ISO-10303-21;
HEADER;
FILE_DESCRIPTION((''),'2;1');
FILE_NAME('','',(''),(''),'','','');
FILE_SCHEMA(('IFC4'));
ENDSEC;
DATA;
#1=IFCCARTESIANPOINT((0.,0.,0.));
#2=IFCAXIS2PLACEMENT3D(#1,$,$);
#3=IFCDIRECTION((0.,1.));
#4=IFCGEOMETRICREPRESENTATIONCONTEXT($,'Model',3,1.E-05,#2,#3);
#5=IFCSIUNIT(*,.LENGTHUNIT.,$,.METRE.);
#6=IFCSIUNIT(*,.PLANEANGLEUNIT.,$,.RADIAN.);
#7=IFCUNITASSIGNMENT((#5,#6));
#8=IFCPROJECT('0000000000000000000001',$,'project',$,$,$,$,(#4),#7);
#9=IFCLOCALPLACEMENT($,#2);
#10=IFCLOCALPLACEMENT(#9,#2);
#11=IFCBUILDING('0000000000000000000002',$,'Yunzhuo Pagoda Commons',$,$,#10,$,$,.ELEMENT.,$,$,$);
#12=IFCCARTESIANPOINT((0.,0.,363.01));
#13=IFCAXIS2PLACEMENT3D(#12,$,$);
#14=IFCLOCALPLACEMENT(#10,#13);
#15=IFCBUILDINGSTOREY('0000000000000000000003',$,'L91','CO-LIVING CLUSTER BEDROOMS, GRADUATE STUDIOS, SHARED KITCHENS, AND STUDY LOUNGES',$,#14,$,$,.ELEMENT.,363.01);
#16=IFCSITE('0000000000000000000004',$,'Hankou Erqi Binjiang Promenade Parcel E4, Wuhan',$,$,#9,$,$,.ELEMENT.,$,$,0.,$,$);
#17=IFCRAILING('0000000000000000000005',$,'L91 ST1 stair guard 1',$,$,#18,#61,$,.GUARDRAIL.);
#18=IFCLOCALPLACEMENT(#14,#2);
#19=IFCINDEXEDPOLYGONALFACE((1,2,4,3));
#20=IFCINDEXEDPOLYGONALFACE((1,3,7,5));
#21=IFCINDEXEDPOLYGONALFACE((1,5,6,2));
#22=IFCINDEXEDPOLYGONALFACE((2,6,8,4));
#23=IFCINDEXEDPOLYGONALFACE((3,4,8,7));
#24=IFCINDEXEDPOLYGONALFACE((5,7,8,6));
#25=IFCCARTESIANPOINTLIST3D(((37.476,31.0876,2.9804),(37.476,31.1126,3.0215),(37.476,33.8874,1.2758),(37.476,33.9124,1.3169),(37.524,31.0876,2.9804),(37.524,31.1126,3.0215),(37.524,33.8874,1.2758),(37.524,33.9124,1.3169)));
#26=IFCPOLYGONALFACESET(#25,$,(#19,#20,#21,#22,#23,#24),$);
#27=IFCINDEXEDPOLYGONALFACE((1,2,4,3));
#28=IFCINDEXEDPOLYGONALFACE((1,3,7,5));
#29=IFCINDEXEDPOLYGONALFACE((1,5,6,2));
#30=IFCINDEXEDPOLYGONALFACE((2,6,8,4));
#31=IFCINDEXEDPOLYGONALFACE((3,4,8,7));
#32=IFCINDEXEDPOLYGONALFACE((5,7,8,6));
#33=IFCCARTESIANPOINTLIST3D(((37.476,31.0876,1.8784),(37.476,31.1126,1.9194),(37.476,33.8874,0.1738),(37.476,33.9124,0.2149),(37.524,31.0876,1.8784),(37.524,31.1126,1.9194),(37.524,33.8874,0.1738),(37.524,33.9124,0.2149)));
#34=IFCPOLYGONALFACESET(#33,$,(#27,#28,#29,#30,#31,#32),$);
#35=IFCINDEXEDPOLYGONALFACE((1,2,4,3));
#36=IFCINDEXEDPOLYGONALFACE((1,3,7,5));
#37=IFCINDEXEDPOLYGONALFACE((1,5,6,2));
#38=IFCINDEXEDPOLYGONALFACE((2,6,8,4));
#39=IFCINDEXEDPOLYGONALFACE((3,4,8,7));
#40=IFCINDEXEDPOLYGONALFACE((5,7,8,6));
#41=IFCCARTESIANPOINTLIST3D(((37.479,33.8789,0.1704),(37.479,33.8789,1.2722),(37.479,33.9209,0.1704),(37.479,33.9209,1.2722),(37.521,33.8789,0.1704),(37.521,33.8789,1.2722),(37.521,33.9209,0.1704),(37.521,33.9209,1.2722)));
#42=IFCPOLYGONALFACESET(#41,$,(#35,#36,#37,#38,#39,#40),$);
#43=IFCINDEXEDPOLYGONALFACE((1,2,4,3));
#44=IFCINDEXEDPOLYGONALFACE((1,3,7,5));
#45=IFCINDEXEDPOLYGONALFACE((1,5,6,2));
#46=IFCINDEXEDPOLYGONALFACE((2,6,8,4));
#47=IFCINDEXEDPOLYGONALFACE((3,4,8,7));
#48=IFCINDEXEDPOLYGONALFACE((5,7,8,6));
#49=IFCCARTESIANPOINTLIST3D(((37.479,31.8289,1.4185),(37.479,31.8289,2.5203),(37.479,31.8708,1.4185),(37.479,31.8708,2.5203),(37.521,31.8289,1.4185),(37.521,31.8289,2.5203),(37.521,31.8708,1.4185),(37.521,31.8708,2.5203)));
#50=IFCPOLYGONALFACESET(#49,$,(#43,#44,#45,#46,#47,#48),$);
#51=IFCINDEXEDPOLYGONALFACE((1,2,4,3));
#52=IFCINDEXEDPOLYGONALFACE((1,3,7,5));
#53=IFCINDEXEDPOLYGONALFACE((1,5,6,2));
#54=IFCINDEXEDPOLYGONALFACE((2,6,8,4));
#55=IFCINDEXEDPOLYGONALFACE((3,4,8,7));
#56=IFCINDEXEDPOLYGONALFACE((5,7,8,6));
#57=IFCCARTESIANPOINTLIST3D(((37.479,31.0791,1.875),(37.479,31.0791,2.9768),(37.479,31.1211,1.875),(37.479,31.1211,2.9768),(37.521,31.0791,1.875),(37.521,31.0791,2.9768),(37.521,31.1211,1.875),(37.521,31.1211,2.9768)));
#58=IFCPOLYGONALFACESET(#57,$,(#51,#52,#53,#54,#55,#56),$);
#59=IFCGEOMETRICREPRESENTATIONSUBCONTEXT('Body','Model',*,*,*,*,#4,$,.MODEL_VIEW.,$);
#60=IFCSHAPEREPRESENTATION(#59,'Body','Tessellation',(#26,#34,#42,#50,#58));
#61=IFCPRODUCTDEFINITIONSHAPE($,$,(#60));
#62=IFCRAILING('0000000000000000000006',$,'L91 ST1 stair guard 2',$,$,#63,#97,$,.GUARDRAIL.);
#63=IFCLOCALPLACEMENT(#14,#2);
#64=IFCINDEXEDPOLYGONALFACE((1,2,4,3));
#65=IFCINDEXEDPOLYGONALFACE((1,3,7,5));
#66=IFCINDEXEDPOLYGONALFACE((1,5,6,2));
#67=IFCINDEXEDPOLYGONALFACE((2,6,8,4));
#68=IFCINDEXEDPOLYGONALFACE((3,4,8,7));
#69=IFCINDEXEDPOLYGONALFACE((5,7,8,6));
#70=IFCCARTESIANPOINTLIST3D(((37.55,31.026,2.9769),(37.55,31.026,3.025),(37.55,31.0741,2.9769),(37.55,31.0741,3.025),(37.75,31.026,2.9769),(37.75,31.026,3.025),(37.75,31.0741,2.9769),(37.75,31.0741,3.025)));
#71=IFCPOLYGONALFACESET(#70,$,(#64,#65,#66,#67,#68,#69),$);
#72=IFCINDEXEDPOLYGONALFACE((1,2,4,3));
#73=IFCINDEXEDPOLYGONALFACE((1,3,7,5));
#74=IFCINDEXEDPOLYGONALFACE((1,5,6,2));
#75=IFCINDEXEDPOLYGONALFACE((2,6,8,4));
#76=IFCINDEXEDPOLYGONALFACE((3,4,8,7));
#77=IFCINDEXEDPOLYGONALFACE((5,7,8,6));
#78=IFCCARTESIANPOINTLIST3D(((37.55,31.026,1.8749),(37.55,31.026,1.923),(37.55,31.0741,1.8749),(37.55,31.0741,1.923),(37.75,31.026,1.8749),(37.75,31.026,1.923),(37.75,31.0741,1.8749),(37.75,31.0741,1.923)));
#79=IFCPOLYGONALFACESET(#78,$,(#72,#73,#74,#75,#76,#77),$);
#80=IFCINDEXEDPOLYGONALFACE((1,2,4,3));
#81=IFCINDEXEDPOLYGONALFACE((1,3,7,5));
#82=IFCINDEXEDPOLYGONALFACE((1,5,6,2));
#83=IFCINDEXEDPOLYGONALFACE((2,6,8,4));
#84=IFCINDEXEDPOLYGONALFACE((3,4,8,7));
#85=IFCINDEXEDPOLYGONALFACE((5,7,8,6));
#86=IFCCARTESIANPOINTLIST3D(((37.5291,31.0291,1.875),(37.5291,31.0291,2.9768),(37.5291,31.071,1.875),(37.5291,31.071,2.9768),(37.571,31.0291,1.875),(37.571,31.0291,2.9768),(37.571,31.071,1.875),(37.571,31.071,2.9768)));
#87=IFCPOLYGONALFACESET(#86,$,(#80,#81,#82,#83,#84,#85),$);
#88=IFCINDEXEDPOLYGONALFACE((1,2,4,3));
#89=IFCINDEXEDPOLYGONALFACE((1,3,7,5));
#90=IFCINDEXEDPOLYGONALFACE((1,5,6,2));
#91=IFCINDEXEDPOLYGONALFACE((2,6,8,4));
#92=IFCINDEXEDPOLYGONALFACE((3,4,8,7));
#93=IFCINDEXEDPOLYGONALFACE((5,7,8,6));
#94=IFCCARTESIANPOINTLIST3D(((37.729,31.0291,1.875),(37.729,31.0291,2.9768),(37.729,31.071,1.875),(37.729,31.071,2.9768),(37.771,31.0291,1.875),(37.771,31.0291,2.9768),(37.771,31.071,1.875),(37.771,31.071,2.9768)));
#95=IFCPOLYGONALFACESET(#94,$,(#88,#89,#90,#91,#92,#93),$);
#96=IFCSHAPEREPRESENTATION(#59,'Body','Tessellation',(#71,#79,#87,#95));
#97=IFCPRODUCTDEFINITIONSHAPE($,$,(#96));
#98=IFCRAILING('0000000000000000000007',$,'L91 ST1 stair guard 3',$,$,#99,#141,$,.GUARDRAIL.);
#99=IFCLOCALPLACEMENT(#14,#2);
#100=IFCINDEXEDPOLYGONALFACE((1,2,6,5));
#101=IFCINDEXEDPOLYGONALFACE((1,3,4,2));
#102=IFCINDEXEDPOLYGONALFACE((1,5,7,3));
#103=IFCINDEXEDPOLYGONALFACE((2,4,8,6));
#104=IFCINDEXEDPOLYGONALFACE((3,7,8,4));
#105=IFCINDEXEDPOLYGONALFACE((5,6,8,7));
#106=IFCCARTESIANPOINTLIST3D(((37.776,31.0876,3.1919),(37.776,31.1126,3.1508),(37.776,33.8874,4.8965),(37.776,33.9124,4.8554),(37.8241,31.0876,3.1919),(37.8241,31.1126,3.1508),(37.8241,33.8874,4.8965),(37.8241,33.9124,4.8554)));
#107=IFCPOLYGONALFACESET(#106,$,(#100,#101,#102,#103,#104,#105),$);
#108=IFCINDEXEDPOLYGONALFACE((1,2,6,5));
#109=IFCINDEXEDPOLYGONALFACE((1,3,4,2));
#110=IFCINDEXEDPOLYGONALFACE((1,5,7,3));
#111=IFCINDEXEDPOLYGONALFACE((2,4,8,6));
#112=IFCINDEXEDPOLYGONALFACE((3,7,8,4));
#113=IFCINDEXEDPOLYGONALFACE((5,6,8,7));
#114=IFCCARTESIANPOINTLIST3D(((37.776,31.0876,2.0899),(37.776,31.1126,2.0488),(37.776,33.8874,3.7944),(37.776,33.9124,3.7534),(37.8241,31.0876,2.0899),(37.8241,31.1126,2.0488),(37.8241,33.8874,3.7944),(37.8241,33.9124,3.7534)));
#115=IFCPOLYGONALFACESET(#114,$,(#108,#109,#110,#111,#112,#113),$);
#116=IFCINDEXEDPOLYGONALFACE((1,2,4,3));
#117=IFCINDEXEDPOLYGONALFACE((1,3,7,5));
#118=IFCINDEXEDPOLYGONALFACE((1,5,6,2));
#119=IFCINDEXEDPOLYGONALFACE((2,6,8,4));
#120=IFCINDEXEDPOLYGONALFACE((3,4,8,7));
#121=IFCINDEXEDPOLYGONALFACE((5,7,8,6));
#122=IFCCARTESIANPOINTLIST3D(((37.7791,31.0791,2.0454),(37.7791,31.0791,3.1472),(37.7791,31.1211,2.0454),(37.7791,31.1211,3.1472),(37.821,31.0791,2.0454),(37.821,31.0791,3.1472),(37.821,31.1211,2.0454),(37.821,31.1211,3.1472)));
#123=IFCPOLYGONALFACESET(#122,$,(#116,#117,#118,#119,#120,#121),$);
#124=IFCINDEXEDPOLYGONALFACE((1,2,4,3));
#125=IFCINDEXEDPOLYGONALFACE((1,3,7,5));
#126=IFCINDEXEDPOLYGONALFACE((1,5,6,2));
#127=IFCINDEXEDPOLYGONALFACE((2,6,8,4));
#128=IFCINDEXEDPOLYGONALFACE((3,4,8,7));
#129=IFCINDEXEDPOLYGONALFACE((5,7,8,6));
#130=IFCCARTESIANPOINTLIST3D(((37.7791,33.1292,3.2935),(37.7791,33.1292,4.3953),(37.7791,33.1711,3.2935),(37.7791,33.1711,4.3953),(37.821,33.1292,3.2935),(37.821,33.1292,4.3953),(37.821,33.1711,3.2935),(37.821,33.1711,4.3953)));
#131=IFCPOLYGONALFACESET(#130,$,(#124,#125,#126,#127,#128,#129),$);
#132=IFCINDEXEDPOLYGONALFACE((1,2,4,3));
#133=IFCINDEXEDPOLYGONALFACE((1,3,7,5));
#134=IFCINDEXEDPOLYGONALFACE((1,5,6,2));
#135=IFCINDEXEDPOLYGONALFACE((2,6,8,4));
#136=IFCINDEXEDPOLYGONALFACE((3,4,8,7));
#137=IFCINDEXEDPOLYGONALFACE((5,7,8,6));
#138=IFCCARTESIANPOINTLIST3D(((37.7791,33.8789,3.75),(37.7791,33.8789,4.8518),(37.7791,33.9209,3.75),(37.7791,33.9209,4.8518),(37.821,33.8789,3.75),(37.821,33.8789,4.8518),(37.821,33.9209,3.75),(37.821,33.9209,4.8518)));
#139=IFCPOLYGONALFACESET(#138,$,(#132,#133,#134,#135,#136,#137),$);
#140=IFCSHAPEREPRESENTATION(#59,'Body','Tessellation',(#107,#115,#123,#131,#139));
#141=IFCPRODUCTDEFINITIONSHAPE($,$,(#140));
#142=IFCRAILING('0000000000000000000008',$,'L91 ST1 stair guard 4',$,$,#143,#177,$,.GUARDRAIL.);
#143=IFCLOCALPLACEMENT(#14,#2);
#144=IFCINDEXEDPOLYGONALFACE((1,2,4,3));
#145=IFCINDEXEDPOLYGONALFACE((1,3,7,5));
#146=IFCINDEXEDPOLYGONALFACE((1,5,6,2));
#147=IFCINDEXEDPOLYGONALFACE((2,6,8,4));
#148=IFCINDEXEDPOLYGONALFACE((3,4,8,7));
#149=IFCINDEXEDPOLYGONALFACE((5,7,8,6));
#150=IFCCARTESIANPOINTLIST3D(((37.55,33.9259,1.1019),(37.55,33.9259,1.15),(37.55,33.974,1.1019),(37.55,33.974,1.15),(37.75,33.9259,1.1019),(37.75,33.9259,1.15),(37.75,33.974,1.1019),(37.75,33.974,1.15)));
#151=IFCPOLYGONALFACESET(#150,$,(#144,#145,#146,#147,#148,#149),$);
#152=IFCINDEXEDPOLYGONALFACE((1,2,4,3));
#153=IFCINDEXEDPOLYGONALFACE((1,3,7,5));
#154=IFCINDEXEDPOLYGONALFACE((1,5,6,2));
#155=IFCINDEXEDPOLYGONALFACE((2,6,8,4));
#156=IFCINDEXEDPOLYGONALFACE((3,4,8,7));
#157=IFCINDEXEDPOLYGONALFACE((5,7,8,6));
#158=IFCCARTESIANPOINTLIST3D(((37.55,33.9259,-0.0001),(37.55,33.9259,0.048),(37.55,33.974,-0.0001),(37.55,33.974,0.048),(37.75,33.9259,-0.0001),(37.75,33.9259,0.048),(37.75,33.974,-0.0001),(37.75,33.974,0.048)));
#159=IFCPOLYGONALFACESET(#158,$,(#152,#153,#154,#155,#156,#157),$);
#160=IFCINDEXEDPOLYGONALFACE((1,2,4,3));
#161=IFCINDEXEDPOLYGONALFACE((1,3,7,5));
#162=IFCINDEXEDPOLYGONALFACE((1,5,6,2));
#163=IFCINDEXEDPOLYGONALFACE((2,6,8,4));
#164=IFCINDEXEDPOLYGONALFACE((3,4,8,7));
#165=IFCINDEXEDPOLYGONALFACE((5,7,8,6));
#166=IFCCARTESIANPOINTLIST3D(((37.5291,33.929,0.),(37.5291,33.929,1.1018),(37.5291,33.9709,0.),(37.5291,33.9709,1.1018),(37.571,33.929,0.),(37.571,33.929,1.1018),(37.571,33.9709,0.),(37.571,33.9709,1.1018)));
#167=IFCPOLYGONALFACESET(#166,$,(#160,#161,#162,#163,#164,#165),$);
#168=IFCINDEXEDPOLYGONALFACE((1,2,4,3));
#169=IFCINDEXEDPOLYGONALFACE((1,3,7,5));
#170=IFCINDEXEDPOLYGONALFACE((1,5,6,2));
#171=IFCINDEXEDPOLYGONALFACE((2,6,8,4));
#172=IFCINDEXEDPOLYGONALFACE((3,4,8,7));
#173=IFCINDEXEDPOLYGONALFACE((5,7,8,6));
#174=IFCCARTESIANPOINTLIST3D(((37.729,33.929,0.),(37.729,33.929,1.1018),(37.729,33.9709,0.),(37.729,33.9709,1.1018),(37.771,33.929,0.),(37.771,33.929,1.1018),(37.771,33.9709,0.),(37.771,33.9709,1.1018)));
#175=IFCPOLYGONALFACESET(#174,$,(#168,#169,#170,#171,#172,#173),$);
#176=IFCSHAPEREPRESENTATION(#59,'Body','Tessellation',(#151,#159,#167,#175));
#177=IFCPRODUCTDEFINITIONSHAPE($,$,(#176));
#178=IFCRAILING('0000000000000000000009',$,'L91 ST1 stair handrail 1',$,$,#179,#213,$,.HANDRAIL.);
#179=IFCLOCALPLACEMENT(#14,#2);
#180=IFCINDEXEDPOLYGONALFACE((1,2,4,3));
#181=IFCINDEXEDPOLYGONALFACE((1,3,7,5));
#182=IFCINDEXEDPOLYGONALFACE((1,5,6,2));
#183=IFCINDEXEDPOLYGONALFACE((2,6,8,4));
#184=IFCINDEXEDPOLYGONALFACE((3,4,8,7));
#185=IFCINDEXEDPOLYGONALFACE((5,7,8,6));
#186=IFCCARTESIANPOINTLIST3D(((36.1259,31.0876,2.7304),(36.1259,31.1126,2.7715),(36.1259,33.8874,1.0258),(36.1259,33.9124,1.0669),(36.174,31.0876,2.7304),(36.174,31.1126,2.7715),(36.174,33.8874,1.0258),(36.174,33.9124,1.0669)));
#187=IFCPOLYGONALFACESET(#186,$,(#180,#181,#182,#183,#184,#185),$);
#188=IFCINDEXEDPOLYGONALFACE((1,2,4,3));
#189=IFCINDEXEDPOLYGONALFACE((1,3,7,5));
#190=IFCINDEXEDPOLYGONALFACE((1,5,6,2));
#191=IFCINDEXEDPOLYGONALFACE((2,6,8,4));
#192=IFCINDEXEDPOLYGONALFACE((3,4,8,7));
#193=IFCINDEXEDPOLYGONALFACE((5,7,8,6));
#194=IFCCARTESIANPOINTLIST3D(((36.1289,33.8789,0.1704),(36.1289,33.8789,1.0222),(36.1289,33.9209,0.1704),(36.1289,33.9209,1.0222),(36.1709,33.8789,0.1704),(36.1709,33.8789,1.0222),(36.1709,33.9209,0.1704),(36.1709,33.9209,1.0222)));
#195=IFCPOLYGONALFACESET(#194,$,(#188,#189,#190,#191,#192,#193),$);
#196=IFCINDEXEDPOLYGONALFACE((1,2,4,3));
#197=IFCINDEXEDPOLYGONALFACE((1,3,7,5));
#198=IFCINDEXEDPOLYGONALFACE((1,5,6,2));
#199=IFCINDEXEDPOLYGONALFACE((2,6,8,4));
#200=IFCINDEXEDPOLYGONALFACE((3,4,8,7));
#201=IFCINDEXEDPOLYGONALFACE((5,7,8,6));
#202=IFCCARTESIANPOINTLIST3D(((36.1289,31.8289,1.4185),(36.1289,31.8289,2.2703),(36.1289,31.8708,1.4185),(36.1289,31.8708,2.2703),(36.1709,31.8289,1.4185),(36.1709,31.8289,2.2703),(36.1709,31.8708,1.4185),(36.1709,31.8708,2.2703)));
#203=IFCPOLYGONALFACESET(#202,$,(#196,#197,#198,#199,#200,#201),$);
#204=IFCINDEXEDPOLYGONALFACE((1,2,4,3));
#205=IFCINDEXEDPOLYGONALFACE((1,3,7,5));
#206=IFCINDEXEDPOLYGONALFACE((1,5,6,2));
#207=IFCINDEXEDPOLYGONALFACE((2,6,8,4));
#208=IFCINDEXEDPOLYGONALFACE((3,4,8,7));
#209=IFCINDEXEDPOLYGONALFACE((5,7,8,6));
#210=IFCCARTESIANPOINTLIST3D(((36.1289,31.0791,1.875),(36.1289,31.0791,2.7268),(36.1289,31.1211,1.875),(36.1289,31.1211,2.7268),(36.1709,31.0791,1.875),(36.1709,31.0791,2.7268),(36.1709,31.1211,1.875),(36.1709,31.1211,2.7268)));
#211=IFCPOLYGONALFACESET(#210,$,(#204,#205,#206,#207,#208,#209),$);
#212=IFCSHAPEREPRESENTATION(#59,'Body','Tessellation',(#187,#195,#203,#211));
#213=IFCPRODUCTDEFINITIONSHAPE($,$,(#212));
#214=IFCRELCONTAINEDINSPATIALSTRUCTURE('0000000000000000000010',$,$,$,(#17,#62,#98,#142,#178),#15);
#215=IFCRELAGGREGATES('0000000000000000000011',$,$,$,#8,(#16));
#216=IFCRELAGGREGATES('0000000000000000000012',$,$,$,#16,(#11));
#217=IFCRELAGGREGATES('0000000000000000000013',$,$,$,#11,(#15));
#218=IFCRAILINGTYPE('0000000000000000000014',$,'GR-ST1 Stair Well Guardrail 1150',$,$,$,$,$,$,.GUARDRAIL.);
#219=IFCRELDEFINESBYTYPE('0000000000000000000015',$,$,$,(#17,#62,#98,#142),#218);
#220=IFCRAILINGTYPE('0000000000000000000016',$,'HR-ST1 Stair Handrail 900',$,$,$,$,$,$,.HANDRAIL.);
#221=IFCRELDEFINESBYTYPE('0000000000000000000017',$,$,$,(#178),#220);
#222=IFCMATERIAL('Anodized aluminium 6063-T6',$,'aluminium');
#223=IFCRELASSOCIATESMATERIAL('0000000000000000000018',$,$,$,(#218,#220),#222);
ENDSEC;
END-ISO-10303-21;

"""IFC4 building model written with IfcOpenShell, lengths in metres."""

from ifc_helpers import new_model, si_unit, direction, frame, origin, origin_2d, place, context, subcontext, project, spatial, rectangle, extrude, material, type_object, element, save


model = new_model("IFC4")

# Units and contexts
model_context = context("Model", 3, precision=1e-05, world=origin(), true_north=direction((0.0, 1.0)))
body_context = subcontext(model_context, "Body", "Model", "MODEL_VIEW")
ifc_project = project(units=[si_unit("LENGTHUNIT", "METRE"), si_unit("PLANEANGLEUNIT", "RADIAN")], contexts=[model_context])

# Site, building, storey
site_placement = place(None, origin())
site = spatial("IfcSite", under=ifc_project, at=site_placement, Name="Hankou Erqi Binjiang Promenade Parcel E4, Wuhan", CompositionType="ELEMENT", RefElevation=0.0)
building_placement = place(site_placement, origin())
building = spatial("IfcBuilding", under=site, at=building_placement, Name="Yunzhuo Pagoda Commons", CompositionType="ELEMENT")
storey_placement = place(building_placement, frame((0.0, 0.0, 363.01)))
storey = spatial("IfcBuildingStorey", under=building, at=storey_placement, Name="L91", Description="CO-LIVING CLUSTER BEDROOMS, GRADUATE STUDIOS, SHARED KITCHENS, AND STUDY LOUNGES", CompositionType="ELEMENT", Elevation=363.01)

# Railings
ifc_material_1 = material(Name="Anodized aluminium 6063-T6", Category="aluminium")
railing_type_1 = type_object("IfcRailingType", Name="GR-ST1 Stair Well Guardrail 1150", PredefinedType="GUARDRAIL", material=ifc_material_1)
railing_1_placement = place(storey_placement, frame((37.5, 33.8999, 0.1704)))
element("IfcRailing", 1, at=railing_1_placement, inside=storey, type_object=railing_type_1, Name="L91 ST1 stair guard 1", PredefinedType="GUARDRAIL", context=body_context, shape_type="SweptSolid", body=[
    extrude(rectangle(XDim=0.0481, YDim=0.0481, at=origin_2d()), frame((0.0, 0.0, 1.126), z_axis=(0.0, -0.85415, 0.520027), x_axis=(1.0, 0.0, 0.0)), (0.0, 0.0, 1.0), 3.2778),
    extrude(rectangle(XDim=0.0481, YDim=0.0481, at=origin_2d()), frame((0.0, 0.0, 0.0239), z_axis=(0.0, -0.85415, 0.520027), x_axis=(1.0, 0.0, 0.0)), (0.0, 0.0, 1.0), 3.2778),
    extrude(rectangle(XDim=0.042, YDim=0.042, at=origin_2d()), origin(), (0.0, 0.0, 1.0), 1.1018),
    extrude(rectangle(XDim=0.042, YDim=0.042, at=origin_2d()), frame((0.0, -2.05, 1.248)), (0.0, 0.0, 1.0), 1.1018),
    extrude(rectangle(XDim=0.042, YDim=0.042, at=origin_2d()), frame((0.0, -2.7998, 1.7046)), (0.0, 0.0, 1.0), 1.1018),
])
railing_2_placement = place(storey_placement, frame((37.55, 31.05, 1.875)))
element("IfcRailing", 2, at=railing_2_placement, inside=storey, type_object=railing_type_1, Name="L91 ST1 stair guard 2", PredefinedType="GUARDRAIL", context=body_context, shape_type="SweptSolid", body=[
    extrude(rectangle(XDim=0.0481, YDim=0.0481, at=origin_2d()), frame((0.0, 0.0, 1.126), z_axis=(1.0, 0.0, 0.0), x_axis=(0.0, 1.0, 0.0)), (0.0, 0.0, 1.0), 0.2),
    extrude(rectangle(XDim=0.0481, YDim=0.0481, at=origin_2d()), frame((0.0, 0.0, 0.0239), z_axis=(1.0, 0.0, 0.0), x_axis=(0.0, 1.0, 0.0)), (0.0, 0.0, 1.0), 0.2),
    extrude(rectangle(XDim=0.042, YDim=0.042, at=origin_2d()), origin(), (0.0, 0.0, 1.0), 1.1018),
    extrude(rectangle(XDim=0.042, YDim=0.042, at=origin_2d()), frame((0.2, 0.0, 0.0)), (0.0, 0.0, 1.0), 1.1018),
])
railing_3_placement = place(storey_placement, frame((37.8, 31.1001, 2.0454)))
element("IfcRailing", 3, at=railing_3_placement, inside=storey, type_object=railing_type_1, Name="L91 ST1 stair guard 3", PredefinedType="GUARDRAIL", context=body_context, shape_type="SweptSolid", body=[
    extrude(rectangle(XDim=0.0481, YDim=0.0481, at=origin_2d()), frame((0.0, 0.0, 1.126), z_axis=(0.0, 0.85415, 0.520027), x_axis=(-1.0, 0.0, 0.0)), (0.0, 0.0, 1.0), 3.2778),
    extrude(rectangle(XDim=0.0481, YDim=0.0481, at=origin_2d()), frame((0.0, 0.0, 0.0239), z_axis=(0.0, 0.85415, 0.520027), x_axis=(-1.0, 0.0, 0.0)), (0.0, 0.0, 1.0), 3.2778),
    extrude(rectangle(XDim=0.042, YDim=0.042, at=origin_2d()), origin(), (0.0, 0.0, 1.0), 1.1018),
    extrude(rectangle(XDim=0.042, YDim=0.042, at=origin_2d()), frame((0.0, 2.05, 1.248)), (0.0, 0.0, 1.0), 1.1018),
    extrude(rectangle(XDim=0.042, YDim=0.042, at=origin_2d()), frame((0.0, 2.7998, 1.7046)), (0.0, 0.0, 1.0), 1.1018),
])
railing_4_placement = place(storey_placement, frame((37.55, 33.95, 0.0)))
element("IfcRailing", 4, at=railing_4_placement, inside=storey, type_object=railing_type_1, Name="L91 ST1 stair guard 4", PredefinedType="GUARDRAIL", context=body_context, shape_type="SweptSolid", body=[
    extrude(rectangle(XDim=0.0481, YDim=0.0481, at=origin_2d()), frame((0.0, 0.0, 1.126), z_axis=(1.0, 0.0, 0.0), x_axis=(0.0, 1.0, 0.0)), (0.0, 0.0, 1.0), 0.2),
    extrude(rectangle(XDim=0.0481, YDim=0.0481, at=origin_2d()), frame((0.0, 0.0, 0.0239), z_axis=(1.0, 0.0, 0.0), x_axis=(0.0, 1.0, 0.0)), (0.0, 0.0, 1.0), 0.2),
    extrude(rectangle(XDim=0.042, YDim=0.042, at=origin_2d()), origin(), (0.0, 0.0, 1.0), 1.1018),
    extrude(rectangle(XDim=0.042, YDim=0.042, at=origin_2d()), frame((0.2, 0.0, 0.0)), (0.0, 0.0, 1.0), 1.1018),
])
railing_type_2 = type_object("IfcRailingType", Name="HR-ST1 Stair Handrail 900", PredefinedType="HANDRAIL", material=ifc_material_1)
railing_5_placement = place(storey_placement, frame((36.1499, 33.8999, 0.1704)))
element("IfcRailing", 5, at=railing_5_placement, inside=storey, type_object=railing_type_2, Name="L91 ST1 stair handrail 1", PredefinedType="HANDRAIL", context=body_context, shape_type="SweptSolid", body=[
    extrude(rectangle(XDim=0.0481, YDim=0.0481, at=origin_2d()), frame((0.0, 0.0, 0.876), z_axis=(0.0, -0.85415, 0.520027), x_axis=(1.0, 0.0, 0.0)), (0.0, 0.0, 1.0), 3.2778),
    extrude(rectangle(XDim=0.042, YDim=0.042, at=origin_2d()), origin(), (0.0, 0.0, 1.0), 0.8518),
    extrude(rectangle(XDim=0.042, YDim=0.042, at=origin_2d()), frame((0.0, -2.05, 1.248)), (0.0, 0.0, 1.0), 0.8518),
    extrude(rectangle(XDim=0.042, YDim=0.042, at=origin_2d()), frame((0.0, -2.7998, 1.7046)), (0.0, 0.0, 1.0), 0.8518),
])

save(model, "model.ifc")
